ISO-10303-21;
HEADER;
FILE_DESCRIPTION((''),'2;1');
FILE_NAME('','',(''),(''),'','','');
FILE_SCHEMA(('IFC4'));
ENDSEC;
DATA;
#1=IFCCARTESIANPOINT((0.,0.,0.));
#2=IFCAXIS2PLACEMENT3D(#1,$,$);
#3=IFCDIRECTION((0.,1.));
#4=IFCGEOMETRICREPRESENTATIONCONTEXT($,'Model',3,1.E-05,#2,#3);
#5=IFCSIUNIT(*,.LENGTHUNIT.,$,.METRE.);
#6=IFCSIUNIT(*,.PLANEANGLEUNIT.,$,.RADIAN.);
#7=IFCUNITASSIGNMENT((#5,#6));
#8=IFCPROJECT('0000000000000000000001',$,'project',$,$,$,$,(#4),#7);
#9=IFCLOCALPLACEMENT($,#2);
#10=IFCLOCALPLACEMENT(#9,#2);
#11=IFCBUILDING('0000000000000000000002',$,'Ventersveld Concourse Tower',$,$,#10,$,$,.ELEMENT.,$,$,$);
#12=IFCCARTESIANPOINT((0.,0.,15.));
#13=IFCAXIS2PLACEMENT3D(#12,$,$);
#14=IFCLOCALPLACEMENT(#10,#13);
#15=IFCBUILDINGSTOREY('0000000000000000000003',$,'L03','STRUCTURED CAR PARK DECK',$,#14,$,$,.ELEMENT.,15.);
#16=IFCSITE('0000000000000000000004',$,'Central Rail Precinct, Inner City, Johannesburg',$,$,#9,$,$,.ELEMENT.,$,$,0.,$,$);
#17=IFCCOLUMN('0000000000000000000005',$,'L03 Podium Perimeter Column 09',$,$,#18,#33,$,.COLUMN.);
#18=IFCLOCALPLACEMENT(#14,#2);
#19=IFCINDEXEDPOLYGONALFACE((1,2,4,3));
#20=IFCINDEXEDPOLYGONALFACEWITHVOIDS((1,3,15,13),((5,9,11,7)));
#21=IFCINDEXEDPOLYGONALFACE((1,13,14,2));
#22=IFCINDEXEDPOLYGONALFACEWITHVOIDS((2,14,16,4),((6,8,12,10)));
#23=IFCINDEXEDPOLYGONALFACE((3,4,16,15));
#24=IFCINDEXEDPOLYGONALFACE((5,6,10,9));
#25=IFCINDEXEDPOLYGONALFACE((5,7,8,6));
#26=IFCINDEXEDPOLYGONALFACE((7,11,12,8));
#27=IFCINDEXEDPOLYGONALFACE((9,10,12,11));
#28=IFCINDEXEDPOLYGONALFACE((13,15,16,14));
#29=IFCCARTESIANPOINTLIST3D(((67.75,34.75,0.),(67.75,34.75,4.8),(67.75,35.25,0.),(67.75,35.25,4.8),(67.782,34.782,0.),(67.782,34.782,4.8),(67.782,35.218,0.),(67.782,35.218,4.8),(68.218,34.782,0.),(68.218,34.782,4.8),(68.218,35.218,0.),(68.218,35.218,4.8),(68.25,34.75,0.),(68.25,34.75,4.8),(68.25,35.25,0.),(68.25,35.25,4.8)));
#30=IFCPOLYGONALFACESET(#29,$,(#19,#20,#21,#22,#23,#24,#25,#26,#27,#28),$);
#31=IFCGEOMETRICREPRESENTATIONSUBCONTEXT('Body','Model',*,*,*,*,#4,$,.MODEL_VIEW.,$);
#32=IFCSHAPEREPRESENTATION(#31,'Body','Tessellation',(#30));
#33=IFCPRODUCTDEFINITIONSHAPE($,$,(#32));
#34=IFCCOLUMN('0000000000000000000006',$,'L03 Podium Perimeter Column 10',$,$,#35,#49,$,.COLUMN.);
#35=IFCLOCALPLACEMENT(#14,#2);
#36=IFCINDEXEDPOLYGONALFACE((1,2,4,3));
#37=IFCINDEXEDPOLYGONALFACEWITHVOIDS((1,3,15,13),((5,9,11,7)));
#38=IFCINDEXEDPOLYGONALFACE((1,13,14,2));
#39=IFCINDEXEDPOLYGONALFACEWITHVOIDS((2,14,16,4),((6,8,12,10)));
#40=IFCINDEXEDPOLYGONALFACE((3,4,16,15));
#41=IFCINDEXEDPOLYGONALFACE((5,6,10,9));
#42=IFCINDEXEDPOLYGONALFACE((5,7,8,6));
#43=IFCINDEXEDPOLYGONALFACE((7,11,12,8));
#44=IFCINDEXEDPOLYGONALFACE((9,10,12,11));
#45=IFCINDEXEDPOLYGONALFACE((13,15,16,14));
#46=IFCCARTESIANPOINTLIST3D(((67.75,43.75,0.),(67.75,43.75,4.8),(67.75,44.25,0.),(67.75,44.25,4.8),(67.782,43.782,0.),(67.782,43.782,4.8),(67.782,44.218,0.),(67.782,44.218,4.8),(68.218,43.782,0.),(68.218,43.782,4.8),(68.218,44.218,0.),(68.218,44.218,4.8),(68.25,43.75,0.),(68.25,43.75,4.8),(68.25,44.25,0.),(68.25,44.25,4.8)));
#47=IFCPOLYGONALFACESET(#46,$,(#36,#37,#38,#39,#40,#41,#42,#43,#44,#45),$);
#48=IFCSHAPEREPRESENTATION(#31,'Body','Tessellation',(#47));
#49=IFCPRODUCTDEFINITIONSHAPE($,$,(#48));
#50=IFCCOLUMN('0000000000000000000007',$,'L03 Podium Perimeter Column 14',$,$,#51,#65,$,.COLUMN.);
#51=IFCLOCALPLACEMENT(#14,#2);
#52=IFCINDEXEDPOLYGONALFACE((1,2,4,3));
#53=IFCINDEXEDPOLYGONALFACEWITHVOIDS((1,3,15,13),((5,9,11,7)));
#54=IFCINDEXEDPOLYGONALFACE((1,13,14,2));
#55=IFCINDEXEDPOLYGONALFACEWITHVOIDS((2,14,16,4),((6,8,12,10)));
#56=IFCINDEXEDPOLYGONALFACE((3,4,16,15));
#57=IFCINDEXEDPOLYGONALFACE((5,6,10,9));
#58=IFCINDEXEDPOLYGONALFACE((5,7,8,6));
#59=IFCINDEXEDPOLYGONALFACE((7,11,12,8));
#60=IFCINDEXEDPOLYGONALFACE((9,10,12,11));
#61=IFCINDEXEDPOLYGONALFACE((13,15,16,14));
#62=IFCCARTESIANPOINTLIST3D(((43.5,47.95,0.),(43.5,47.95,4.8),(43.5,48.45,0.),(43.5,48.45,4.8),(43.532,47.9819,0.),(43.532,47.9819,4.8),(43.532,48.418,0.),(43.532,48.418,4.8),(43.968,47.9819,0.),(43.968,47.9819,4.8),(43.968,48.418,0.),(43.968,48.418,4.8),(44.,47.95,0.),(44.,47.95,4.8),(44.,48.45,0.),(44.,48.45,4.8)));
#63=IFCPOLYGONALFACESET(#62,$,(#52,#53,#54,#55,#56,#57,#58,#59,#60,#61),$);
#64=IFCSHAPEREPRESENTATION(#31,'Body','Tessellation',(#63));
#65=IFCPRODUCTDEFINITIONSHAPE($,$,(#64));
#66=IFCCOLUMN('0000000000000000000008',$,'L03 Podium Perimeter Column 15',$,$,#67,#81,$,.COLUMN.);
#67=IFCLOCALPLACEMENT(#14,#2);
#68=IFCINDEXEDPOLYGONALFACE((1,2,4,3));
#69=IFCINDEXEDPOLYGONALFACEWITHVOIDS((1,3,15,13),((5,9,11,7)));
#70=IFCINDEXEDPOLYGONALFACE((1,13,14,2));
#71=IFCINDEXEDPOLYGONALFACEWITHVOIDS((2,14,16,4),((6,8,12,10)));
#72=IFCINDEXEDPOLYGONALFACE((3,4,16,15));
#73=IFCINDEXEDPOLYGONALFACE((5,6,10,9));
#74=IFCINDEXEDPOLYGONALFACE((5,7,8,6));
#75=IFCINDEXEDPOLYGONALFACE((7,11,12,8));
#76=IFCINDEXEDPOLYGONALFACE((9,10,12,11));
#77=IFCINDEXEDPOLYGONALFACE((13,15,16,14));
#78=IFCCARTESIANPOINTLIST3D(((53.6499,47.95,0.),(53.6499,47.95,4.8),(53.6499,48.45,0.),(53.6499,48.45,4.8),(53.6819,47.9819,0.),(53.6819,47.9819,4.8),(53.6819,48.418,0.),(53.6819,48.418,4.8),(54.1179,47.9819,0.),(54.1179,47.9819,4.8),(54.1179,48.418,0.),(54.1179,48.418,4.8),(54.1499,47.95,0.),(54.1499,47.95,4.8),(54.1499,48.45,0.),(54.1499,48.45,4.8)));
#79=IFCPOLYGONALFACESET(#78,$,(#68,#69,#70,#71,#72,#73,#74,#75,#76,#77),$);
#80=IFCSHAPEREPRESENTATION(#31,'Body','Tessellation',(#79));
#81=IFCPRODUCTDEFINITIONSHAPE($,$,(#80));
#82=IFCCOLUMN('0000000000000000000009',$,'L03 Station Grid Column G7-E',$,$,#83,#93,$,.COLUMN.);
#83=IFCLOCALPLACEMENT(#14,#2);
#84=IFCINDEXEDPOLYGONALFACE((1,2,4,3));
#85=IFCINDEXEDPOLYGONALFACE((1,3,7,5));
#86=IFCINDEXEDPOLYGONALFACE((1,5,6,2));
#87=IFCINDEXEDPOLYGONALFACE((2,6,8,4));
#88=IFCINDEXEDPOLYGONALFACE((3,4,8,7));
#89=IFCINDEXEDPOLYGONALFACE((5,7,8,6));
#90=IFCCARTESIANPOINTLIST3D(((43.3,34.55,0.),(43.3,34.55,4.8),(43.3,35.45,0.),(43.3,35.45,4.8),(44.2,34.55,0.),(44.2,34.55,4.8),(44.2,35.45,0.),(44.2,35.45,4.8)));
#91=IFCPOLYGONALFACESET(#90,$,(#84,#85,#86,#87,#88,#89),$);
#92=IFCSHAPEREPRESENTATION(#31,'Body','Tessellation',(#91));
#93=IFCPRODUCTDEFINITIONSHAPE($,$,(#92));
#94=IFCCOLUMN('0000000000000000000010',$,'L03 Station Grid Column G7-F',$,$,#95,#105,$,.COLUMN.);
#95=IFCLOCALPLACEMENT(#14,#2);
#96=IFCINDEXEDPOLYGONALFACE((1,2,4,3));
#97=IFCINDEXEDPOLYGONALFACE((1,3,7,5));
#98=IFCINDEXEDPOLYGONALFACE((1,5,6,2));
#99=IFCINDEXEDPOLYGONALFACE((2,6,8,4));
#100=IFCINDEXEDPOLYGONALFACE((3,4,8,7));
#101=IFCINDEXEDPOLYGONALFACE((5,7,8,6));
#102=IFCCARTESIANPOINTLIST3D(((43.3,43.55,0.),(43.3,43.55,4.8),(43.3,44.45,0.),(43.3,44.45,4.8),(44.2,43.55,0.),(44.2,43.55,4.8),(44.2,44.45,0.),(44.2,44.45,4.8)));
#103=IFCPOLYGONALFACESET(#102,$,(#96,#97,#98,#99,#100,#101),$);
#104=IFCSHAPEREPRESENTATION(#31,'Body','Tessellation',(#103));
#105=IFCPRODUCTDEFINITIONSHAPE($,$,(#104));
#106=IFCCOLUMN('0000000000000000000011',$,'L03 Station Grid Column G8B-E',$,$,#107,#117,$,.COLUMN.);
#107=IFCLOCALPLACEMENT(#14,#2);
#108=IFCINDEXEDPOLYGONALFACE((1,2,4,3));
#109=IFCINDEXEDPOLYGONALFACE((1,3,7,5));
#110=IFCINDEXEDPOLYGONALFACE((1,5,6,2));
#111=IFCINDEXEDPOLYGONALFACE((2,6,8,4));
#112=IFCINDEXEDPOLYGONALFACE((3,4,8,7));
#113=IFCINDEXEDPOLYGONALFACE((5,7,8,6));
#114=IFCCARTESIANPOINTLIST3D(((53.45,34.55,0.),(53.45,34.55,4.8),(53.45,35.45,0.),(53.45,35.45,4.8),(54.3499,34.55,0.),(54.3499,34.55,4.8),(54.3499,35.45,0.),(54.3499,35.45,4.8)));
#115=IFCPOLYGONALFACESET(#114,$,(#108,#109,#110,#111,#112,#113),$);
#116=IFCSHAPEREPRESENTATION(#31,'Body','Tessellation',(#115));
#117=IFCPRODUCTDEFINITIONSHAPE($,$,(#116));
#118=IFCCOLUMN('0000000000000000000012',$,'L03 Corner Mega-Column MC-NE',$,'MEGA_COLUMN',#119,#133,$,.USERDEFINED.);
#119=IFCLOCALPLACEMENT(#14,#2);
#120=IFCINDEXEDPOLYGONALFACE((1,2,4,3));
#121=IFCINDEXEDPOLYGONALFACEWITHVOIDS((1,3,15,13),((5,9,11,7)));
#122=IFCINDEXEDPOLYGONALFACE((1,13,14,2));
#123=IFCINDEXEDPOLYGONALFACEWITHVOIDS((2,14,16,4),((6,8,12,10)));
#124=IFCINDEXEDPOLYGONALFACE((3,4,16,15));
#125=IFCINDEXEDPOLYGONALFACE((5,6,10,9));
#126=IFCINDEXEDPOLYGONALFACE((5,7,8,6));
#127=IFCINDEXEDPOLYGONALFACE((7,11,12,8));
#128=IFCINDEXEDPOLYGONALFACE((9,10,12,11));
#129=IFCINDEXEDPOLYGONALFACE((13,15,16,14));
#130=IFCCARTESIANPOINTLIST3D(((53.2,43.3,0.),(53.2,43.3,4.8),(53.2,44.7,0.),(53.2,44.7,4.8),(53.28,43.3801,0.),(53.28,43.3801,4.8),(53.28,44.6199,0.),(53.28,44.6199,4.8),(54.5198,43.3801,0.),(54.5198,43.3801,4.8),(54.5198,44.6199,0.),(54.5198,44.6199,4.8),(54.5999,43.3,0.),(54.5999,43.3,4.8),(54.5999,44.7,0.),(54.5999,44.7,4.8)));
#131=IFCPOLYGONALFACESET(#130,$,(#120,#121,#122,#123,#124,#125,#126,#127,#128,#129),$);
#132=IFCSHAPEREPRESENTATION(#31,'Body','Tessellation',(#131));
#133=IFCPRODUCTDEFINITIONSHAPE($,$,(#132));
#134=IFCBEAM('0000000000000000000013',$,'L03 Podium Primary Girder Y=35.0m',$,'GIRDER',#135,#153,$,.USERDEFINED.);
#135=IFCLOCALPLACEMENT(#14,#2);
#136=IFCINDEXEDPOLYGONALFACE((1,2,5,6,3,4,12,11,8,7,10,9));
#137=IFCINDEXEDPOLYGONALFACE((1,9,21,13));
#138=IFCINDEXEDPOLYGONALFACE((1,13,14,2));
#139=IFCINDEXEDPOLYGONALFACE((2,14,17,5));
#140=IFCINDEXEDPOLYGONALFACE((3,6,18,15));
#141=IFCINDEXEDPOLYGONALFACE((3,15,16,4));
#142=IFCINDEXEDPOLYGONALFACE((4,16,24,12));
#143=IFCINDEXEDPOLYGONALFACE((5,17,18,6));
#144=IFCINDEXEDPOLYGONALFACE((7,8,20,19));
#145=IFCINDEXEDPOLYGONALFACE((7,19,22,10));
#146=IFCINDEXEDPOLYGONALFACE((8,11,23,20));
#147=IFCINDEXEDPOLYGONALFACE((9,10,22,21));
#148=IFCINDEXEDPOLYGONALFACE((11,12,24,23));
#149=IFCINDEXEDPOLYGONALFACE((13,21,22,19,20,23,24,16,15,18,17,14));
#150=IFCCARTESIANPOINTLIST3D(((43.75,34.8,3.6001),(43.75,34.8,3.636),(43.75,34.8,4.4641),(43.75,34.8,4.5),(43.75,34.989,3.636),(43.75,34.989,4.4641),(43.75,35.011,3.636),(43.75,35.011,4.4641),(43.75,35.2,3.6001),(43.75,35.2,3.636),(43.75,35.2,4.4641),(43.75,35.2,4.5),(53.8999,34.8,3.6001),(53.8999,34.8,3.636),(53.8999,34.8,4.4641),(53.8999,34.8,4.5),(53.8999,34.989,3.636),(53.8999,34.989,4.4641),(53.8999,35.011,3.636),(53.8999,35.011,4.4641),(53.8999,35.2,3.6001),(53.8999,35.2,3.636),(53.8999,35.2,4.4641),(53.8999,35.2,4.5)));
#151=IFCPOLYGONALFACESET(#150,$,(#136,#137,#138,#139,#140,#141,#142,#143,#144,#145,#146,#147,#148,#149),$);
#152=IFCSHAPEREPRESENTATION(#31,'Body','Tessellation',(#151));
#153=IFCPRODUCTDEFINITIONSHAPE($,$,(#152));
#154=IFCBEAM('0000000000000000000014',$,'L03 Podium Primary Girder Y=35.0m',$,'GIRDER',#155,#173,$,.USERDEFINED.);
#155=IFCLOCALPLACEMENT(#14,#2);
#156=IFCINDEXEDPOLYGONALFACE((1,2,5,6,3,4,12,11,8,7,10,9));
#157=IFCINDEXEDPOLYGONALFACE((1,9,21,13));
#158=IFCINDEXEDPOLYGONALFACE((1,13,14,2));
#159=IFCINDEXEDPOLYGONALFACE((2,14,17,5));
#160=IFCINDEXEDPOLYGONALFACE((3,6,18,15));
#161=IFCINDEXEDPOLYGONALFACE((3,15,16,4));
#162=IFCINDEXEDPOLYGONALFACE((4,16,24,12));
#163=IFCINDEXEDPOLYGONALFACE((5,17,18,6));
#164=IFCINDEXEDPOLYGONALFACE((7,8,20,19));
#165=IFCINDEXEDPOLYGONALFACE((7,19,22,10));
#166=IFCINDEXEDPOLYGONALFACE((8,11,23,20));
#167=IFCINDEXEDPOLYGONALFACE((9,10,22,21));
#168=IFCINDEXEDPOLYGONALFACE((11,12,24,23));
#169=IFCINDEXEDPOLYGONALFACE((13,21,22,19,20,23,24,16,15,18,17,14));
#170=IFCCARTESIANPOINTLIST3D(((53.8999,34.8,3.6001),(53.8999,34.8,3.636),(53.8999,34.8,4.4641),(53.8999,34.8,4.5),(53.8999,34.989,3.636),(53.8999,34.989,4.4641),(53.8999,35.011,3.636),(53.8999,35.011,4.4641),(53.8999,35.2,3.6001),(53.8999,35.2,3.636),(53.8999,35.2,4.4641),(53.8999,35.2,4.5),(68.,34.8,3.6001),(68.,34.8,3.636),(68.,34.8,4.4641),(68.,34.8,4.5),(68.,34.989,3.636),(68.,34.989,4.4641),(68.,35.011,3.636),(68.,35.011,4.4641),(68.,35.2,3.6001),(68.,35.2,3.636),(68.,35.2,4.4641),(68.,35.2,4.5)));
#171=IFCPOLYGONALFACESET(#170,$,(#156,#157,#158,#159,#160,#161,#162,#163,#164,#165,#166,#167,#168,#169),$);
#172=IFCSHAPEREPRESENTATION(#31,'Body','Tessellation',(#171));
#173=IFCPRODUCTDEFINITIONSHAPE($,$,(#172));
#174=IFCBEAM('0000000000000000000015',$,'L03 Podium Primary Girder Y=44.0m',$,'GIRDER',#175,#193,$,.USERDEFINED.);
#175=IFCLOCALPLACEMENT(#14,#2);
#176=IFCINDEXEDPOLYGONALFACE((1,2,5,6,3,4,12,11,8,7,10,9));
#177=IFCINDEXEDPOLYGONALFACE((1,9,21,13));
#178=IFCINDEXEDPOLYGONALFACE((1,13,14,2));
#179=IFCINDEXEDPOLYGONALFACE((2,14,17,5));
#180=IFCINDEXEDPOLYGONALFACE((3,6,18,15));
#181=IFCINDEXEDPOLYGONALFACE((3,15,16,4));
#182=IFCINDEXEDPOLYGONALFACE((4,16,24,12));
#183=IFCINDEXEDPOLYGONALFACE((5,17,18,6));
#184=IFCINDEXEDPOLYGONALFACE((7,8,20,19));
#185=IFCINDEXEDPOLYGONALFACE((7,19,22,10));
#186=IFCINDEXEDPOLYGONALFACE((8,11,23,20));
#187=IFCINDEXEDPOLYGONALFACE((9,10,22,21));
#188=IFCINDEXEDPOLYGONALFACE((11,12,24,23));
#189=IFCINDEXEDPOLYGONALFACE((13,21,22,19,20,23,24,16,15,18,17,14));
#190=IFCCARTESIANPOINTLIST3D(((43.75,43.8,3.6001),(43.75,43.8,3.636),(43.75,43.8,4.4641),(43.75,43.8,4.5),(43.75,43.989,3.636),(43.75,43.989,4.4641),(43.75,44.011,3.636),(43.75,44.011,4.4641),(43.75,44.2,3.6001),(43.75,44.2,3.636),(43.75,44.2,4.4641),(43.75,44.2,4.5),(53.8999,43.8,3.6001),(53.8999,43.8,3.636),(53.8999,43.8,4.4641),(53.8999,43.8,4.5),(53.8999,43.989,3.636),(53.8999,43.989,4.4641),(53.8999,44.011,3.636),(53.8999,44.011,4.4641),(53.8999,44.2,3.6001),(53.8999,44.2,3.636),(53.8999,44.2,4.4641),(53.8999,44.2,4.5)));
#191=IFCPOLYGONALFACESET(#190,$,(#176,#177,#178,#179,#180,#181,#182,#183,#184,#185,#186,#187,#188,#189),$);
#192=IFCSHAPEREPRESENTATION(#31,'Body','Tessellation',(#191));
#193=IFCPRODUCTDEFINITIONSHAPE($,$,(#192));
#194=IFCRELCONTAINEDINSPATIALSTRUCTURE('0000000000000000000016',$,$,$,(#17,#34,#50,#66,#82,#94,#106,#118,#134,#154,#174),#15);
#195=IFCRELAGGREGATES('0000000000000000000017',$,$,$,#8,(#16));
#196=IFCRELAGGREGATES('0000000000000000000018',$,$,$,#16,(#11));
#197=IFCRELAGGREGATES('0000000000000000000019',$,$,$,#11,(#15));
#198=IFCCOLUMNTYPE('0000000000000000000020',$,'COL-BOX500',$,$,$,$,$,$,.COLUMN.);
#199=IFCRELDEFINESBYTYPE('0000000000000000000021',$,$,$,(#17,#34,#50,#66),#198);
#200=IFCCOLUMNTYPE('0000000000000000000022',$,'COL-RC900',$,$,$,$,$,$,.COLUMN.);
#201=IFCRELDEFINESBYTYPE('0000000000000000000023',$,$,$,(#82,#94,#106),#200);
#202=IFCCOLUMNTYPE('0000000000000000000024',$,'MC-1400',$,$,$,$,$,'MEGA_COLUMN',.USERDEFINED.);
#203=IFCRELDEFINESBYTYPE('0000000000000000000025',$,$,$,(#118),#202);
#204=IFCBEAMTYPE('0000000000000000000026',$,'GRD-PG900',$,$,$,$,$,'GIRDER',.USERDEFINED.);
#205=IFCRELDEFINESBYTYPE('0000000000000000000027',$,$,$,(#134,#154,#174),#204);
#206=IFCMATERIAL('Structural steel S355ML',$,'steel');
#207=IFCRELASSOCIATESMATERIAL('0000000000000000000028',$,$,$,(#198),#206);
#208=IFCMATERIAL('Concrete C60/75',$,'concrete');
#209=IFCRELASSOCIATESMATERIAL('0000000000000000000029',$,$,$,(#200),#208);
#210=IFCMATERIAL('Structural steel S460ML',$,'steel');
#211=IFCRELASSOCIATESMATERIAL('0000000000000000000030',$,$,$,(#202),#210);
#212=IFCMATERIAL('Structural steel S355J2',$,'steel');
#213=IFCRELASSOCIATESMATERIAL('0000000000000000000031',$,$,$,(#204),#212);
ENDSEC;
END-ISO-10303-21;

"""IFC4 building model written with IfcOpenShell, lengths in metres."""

from ifc_helpers import new_model, si_unit, direction, frame, origin, origin_2d, place, context, subcontext, project, spatial, rectangle, hollow_rectangle, i_section, extrude, material, material_profile, profile_set, type_object, element, save


model = new_model("IFC4")

# Units and contexts
model_context = context("Model", 3, precision=1e-05, world=origin(), true_north=direction((0.0, 1.0)))
body_context = subcontext(model_context, "Body", "Model", "MODEL_VIEW")
ifc_project = project(units=[si_unit("LENGTHUNIT", "METRE"), si_unit("PLANEANGLEUNIT", "RADIAN")], contexts=[model_context])

# Site, building, storey
site_placement = place(None, origin())
site = spatial("IfcSite", under=ifc_project, at=site_placement, Name="Central Rail Precinct, Inner City, Johannesburg", CompositionType="ELEMENT", RefElevation=0.0)
building_placement = place(site_placement, origin())
building = spatial("IfcBuilding", under=site, at=building_placement, Name="Ventersveld Concourse Tower", CompositionType="ELEMENT")
storey_placement = place(building_placement, frame((0.0, 0.0, 15.0)))
storey = spatial("IfcBuildingStorey", under=building, at=storey_placement, Name="L03", Description="STRUCTURED CAR PARK DECK", CompositionType="ELEMENT", Elevation=15.0)

# Columns
ifc_material_1 = material(Name="Structural steel S355ML", Category="steel")
ifc_material_profile_1 = material_profile(ifc_material_1, hollow_rectangle(XDim=0.5, YDim=0.5, WallThickness=0.032, at=origin_2d()), Name="BOX 500x500x32")
ifc_profile_set_1 = profile_set([ifc_material_profile_1], Name="Structural steel S355ML")
column_type_1 = type_object("IfcColumnType", Name="COL-BOX500", PredefinedType="COLUMN", material=ifc_profile_set_1)
for number, where, z_axis, x_axis, name in (
    (1, (68.0, 35.0, 0.0), (0.0, 0.0, 1.0), (1.0, 0.0, 0.0), "L03 Podium Perimeter Column 09"),
    (2, (68.0, 44.0, 0.0), (0.0, 0.0, 1.0), (1.0, 0.0, 0.0), "L03 Podium Perimeter Column 10"),
    (3, (43.75, 48.2, 0.0), (0.0, 0.0, 1.0), (1.0, 0.0, 0.0), "L03 Podium Perimeter Column 14"),
    (4, (53.8999, 48.2, 0.0), (0.0, 0.0, 1.0), (1.0, 0.0, 0.0), "L03 Podium Perimeter Column 15"),
):
    element("IfcColumn", number, at=place(storey_placement, frame(where, z_axis=z_axis, x_axis=x_axis)), inside=storey, type_object=column_type_1, Name=name, PredefinedType="COLUMN", context=body_context, shape_type="SweptSolid", body=[
        extrude(hollow_rectangle(XDim=0.5, YDim=0.5, WallThickness=0.032, at=origin_2d()), origin(), (0.0, 0.0, 1.0), 4.8),
    ])
ifc_material_2 = material(Name="Concrete C60/75", Category="concrete")
ifc_material_profile_2 = material_profile(ifc_material_2, rectangle(XDim=0.8999, YDim=0.8999, at=origin_2d()), Name="RC 900x900")
ifc_profile_set_2 = profile_set([ifc_material_profile_2], Name="Concrete C60/75")
column_type_2 = type_object("IfcColumnType", Name="COL-RC900", PredefinedType="COLUMN", material=ifc_profile_set_2)
for number, where, z_axis, x_axis, name in (
    (5, (43.75, 35.0, 0.0), (0.0, 0.0, 1.0), (1.0, 0.0, 0.0), "L03 Station Grid Column G7-E"),
    (6, (43.75, 44.0, 0.0), (0.0, 0.0, 1.0), (1.0, 0.0, 0.0), "L03 Station Grid Column G7-F"),
    (7, (53.8999, 35.0, 0.0), (0.0, 0.0, 1.0), (1.0, 0.0, 0.0), "L03 Station Grid Column G8B-E"),
):
    element("IfcColumn", number, at=place(storey_placement, frame(where, z_axis=z_axis, x_axis=x_axis)), inside=storey, type_object=column_type_2, Name=name, PredefinedType="COLUMN", context=body_context, shape_type="SweptSolid", body=[
        extrude(rectangle(XDim=0.8999, YDim=0.8999, at=origin_2d()), origin(), (0.0, 0.0, 1.0), 4.8),
    ])
ifc_material_3 = material(Name="Structural steel S460ML", Category="steel")
ifc_material_profile_3 = material_profile(ifc_material_3, hollow_rectangle(XDim=1.3999, YDim=1.3999, WallThickness=0.0801, at=origin_2d()), Name="BOX 1400x1400x80")
ifc_profile_set_3 = profile_set([ifc_material_profile_3], Name="Structural steel S460ML")
column_type_3 = type_object("IfcColumnType", Name="MC-1400", ElementType="MEGA_COLUMN", PredefinedType="USERDEFINED", material=ifc_profile_set_3)
column_placement = place(storey_placement, frame((53.8999, 44.0, 0.0), z_axis=(0.0, 0.0, 1.0), x_axis=(1.0, 0.0, 0.0)))
element("IfcColumn", 8, at=column_placement, inside=storey, type_object=column_type_3, Name="L03 Corner Mega-Column MC-NE", ObjectType="MEGA_COLUMN", PredefinedType="USERDEFINED", context=body_context, shape_type="SweptSolid", body=[
    extrude(hollow_rectangle(XDim=1.3999, YDim=1.3999, WallThickness=0.0801, at=origin_2d()), origin(), (0.0, 0.0, 1.0), 4.8),
])

# Beams
ifc_material_4 = material(Name="Structural steel S355J2", Category="steel")
ifc_material_profile_4 = material_profile(ifc_material_4, i_section(OverallWidth=0.3999, OverallDepth=0.8999, WebThickness=0.022, FlangeThickness=0.0359, at=origin_2d()), Name="PG 900x400x36")
ifc_profile_set_4 = profile_set([ifc_material_profile_4], Name="Structural steel S355J2")
beam_type_1 = type_object("IfcBeamType", Name="GRD-PG900", ElementType="GIRDER", PredefinedType="USERDEFINED", material=ifc_profile_set_4)
beam_1_placement = place(storey_placement, frame((43.75, 35.0, 4.05), z_axis=(1.0, 0.0, 0.0), x_axis=(0.0, 1.0, 0.0)))
element("IfcBeam", 9, at=beam_1_placement, inside=storey, type_object=beam_type_1, Name="L03 Podium Primary Girder Y=35.0m", ObjectType="GIRDER", PredefinedType="USERDEFINED", context=body_context, shape_type="SweptSolid", body=[
    extrude(i_section(OverallWidth=0.3999, OverallDepth=0.8999, WebThickness=0.022, FlangeThickness=0.0359, at=origin_2d()), origin(), (0.0, 0.0, 1.0), 10.1499),
])
beam_2_placement = place(storey_placement, frame((53.8999, 35.0, 4.05), z_axis=(1.0, 0.0, 0.0), x_axis=(0.0, 1.0, 0.0)))
element("IfcBeam", 10, at=beam_2_placement, inside=storey, type_object=beam_type_1, Name="L03 Podium Primary Girder Y=35.0m", ObjectType="GIRDER", PredefinedType="USERDEFINED", context=body_context, shape_type="SweptSolid", body=[
    extrude(i_section(OverallWidth=0.3999, OverallDepth=0.8999, WebThickness=0.022, FlangeThickness=0.0359, at=origin_2d()), origin(), (0.0, 0.0, 1.0), 14.1001),
])
beam_3_placement = place(storey_placement, frame((43.75, 44.0, 4.05), z_axis=(1.0, 0.0, 0.0), x_axis=(0.0, 1.0, 0.0)))
element("IfcBeam", 11, at=beam_3_placement, inside=storey, type_object=beam_type_1, Name="L03 Podium Primary Girder Y=44.0m", ObjectType="GIRDER", PredefinedType="USERDEFINED", context=body_context, shape_type="SweptSolid", body=[
    extrude(i_section(OverallWidth=0.3999, OverallDepth=0.8999, WebThickness=0.022, FlangeThickness=0.0359, at=origin_2d()), origin(), (0.0, 0.0, 1.0), 10.1499),
])

save(model, "model.ifc")
